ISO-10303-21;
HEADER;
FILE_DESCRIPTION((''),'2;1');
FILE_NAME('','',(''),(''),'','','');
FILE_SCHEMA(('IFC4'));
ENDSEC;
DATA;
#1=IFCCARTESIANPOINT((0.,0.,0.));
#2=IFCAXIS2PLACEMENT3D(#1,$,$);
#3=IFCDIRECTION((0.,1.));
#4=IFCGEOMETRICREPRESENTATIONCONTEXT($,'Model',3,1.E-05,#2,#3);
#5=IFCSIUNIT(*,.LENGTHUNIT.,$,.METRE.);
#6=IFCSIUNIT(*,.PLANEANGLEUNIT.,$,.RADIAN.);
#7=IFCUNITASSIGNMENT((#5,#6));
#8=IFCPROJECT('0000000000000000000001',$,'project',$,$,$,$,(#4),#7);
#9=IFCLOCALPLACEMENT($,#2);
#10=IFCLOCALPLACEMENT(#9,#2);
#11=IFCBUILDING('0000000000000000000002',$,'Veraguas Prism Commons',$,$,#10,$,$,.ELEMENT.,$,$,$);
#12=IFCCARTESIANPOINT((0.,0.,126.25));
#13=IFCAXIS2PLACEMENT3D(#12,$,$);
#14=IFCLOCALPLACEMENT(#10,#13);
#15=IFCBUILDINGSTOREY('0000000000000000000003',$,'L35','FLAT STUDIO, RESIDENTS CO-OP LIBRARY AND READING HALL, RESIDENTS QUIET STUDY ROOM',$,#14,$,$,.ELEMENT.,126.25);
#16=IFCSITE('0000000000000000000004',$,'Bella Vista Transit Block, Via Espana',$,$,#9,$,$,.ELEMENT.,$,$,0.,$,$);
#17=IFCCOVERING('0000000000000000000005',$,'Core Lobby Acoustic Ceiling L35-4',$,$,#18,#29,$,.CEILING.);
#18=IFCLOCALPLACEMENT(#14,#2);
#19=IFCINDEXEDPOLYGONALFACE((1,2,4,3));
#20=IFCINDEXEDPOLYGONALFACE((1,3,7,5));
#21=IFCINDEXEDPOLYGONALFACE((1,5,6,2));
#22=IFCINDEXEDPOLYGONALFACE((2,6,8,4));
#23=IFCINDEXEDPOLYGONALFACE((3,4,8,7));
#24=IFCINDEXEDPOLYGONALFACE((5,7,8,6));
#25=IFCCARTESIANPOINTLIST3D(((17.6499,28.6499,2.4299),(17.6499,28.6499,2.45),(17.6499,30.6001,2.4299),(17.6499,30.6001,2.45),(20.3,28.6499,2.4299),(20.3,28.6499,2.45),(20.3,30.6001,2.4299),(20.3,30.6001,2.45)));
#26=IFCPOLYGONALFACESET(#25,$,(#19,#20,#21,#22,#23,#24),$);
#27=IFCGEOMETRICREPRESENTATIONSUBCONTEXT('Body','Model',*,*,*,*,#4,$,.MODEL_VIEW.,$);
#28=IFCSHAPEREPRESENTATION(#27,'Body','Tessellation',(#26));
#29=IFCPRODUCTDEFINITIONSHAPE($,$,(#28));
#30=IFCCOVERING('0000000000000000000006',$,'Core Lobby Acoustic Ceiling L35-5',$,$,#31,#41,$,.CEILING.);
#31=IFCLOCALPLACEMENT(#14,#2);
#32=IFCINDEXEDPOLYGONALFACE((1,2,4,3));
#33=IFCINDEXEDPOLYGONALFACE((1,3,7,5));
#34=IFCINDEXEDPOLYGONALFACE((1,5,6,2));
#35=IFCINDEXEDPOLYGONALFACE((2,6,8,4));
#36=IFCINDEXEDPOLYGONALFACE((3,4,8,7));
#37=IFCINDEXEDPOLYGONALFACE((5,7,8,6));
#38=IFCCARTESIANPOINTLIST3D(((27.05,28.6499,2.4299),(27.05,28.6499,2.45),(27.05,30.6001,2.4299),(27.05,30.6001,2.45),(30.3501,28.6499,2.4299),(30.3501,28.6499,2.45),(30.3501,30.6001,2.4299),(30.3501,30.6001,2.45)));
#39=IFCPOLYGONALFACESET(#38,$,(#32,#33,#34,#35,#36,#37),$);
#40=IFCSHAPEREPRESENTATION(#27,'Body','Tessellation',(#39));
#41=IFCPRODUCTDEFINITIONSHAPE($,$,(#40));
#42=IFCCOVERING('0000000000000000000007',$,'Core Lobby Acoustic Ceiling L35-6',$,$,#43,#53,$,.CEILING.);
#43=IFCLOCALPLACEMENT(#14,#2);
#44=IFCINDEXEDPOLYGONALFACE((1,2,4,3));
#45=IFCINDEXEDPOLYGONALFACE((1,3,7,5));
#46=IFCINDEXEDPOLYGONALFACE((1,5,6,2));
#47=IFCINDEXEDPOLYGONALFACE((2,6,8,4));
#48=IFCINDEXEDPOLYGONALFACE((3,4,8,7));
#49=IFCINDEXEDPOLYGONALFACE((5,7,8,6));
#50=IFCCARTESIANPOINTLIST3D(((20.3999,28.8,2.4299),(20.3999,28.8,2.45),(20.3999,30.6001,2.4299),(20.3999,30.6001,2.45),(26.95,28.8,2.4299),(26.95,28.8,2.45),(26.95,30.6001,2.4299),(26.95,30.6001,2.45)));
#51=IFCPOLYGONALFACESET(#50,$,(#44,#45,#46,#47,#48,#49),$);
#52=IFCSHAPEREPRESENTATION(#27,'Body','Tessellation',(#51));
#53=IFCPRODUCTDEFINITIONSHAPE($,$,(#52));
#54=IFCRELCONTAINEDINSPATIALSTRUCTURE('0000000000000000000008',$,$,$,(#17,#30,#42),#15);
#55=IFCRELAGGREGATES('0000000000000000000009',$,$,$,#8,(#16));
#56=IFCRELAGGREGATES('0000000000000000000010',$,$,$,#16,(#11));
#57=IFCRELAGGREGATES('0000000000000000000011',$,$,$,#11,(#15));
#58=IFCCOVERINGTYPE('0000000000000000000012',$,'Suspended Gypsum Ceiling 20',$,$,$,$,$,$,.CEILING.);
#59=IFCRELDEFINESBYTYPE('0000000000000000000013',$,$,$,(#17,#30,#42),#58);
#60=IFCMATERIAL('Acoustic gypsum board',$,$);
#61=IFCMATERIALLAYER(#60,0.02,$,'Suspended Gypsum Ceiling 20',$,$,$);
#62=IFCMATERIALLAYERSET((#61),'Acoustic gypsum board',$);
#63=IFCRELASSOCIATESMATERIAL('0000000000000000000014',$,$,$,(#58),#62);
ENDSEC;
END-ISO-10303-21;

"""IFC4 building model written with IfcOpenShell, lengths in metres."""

from ifc_helpers import new_model, si_unit, direction, frame, origin, place, context, subcontext, project, spatial, polyline, outline, extrude, material, layer, layer_set, type_object, element, save


model = new_model("IFC4")

# Units and contexts
model_context = context("Model", 3, precision=1e-05, world=origin(), true_north=direction((0.0, 1.0)))
body_context = subcontext(model_context, "Body", "Model", "MODEL_VIEW")
ifc_project = project(units=[si_unit("LENGTHUNIT", "METRE"), si_unit("PLANEANGLEUNIT", "RADIAN")], contexts=[model_context])

# Site, building, storey
site_placement = place(None, origin())
site = spatial("IfcSite", under=ifc_project, at=site_placement, Name="Bella Vista Transit Block, Via Espana", CompositionType="ELEMENT", RefElevation=0.0)
building_placement = place(site_placement, origin())
building = spatial("IfcBuilding", under=site, at=building_placement, Name="Veraguas Prism Commons", CompositionType="ELEMENT")
storey_placement = place(building_placement, frame((0.0, 0.0, 126.25)))
storey = spatial("IfcBuildingStorey", under=building, at=storey_placement, Name="L35", Description="FLAT STUDIO, RESIDENTS CO-OP LIBRARY AND READING HALL, RESIDENTS QUIET STUDY ROOM", CompositionType="ELEMENT", Elevation=126.25)

# Coverings
ifc_material_1 = material(Name="Acoustic gypsum board")
ifc_layer_1 = layer(ifc_material_1, 0.02, Name="Suspended Gypsum Ceiling 20")
ifc_layer_set_1 = layer_set([ifc_layer_1], Name="Acoustic gypsum board")
covering_type_1 = type_object("IfcCoveringType", Name="Suspended Gypsum Ceiling 20", PredefinedType="CEILING", material=ifc_layer_set_1)
covering_1_placement = place(storey_placement, frame((0.0, 0.0, 2.4299)))
element("IfcCovering", 1, at=covering_1_placement, inside=storey, type_object=covering_type_1, Name="Core Lobby Acoustic Ceiling L35-4", PredefinedType="CEILING", context=body_context, shape_type="SweptSolid", body=[
    extrude(outline(polyline([(17.6499, 28.6499), (20.3, 28.6499), (20.3, 30.6001), (17.6499, 30.6001), (17.6499, 28.6499)])), origin(), (0.0, 0.0, 1.0), 0.02),
])
covering_2_placement = place(storey_placement, frame((0.0, 0.0, 2.4299)))
element("IfcCovering", 2, at=covering_2_placement, inside=storey, type_object=covering_type_1, Name="Core Lobby Acoustic Ceiling L35-5", PredefinedType="CEILING", context=body_context, shape_type="SweptSolid", body=[
    extrude(outline(polyline([(27.05, 28.6499), (30.3501, 28.6499), (30.3501, 30.6001), (27.05, 30.6001), (27.05, 28.6499)])), origin(), (0.0, 0.0, 1.0), 0.02),
])
covering_3_placement = place(storey_placement, frame((0.0, 0.0, 2.4299)))
element("IfcCovering", 3, at=covering_3_placement, inside=storey, type_object=covering_type_1, Name="Core Lobby Acoustic Ceiling L35-6", PredefinedType="CEILING", context=body_context, shape_type="SweptSolid", body=[
    extrude(outline(polyline([(20.3999, 28.8), (26.95, 28.8), (26.95, 30.6001), (20.3999, 30.6001), (20.3999, 28.8)])), origin(), (0.0, 0.0, 1.0), 0.02),
])

save(model, "model.ifc")
